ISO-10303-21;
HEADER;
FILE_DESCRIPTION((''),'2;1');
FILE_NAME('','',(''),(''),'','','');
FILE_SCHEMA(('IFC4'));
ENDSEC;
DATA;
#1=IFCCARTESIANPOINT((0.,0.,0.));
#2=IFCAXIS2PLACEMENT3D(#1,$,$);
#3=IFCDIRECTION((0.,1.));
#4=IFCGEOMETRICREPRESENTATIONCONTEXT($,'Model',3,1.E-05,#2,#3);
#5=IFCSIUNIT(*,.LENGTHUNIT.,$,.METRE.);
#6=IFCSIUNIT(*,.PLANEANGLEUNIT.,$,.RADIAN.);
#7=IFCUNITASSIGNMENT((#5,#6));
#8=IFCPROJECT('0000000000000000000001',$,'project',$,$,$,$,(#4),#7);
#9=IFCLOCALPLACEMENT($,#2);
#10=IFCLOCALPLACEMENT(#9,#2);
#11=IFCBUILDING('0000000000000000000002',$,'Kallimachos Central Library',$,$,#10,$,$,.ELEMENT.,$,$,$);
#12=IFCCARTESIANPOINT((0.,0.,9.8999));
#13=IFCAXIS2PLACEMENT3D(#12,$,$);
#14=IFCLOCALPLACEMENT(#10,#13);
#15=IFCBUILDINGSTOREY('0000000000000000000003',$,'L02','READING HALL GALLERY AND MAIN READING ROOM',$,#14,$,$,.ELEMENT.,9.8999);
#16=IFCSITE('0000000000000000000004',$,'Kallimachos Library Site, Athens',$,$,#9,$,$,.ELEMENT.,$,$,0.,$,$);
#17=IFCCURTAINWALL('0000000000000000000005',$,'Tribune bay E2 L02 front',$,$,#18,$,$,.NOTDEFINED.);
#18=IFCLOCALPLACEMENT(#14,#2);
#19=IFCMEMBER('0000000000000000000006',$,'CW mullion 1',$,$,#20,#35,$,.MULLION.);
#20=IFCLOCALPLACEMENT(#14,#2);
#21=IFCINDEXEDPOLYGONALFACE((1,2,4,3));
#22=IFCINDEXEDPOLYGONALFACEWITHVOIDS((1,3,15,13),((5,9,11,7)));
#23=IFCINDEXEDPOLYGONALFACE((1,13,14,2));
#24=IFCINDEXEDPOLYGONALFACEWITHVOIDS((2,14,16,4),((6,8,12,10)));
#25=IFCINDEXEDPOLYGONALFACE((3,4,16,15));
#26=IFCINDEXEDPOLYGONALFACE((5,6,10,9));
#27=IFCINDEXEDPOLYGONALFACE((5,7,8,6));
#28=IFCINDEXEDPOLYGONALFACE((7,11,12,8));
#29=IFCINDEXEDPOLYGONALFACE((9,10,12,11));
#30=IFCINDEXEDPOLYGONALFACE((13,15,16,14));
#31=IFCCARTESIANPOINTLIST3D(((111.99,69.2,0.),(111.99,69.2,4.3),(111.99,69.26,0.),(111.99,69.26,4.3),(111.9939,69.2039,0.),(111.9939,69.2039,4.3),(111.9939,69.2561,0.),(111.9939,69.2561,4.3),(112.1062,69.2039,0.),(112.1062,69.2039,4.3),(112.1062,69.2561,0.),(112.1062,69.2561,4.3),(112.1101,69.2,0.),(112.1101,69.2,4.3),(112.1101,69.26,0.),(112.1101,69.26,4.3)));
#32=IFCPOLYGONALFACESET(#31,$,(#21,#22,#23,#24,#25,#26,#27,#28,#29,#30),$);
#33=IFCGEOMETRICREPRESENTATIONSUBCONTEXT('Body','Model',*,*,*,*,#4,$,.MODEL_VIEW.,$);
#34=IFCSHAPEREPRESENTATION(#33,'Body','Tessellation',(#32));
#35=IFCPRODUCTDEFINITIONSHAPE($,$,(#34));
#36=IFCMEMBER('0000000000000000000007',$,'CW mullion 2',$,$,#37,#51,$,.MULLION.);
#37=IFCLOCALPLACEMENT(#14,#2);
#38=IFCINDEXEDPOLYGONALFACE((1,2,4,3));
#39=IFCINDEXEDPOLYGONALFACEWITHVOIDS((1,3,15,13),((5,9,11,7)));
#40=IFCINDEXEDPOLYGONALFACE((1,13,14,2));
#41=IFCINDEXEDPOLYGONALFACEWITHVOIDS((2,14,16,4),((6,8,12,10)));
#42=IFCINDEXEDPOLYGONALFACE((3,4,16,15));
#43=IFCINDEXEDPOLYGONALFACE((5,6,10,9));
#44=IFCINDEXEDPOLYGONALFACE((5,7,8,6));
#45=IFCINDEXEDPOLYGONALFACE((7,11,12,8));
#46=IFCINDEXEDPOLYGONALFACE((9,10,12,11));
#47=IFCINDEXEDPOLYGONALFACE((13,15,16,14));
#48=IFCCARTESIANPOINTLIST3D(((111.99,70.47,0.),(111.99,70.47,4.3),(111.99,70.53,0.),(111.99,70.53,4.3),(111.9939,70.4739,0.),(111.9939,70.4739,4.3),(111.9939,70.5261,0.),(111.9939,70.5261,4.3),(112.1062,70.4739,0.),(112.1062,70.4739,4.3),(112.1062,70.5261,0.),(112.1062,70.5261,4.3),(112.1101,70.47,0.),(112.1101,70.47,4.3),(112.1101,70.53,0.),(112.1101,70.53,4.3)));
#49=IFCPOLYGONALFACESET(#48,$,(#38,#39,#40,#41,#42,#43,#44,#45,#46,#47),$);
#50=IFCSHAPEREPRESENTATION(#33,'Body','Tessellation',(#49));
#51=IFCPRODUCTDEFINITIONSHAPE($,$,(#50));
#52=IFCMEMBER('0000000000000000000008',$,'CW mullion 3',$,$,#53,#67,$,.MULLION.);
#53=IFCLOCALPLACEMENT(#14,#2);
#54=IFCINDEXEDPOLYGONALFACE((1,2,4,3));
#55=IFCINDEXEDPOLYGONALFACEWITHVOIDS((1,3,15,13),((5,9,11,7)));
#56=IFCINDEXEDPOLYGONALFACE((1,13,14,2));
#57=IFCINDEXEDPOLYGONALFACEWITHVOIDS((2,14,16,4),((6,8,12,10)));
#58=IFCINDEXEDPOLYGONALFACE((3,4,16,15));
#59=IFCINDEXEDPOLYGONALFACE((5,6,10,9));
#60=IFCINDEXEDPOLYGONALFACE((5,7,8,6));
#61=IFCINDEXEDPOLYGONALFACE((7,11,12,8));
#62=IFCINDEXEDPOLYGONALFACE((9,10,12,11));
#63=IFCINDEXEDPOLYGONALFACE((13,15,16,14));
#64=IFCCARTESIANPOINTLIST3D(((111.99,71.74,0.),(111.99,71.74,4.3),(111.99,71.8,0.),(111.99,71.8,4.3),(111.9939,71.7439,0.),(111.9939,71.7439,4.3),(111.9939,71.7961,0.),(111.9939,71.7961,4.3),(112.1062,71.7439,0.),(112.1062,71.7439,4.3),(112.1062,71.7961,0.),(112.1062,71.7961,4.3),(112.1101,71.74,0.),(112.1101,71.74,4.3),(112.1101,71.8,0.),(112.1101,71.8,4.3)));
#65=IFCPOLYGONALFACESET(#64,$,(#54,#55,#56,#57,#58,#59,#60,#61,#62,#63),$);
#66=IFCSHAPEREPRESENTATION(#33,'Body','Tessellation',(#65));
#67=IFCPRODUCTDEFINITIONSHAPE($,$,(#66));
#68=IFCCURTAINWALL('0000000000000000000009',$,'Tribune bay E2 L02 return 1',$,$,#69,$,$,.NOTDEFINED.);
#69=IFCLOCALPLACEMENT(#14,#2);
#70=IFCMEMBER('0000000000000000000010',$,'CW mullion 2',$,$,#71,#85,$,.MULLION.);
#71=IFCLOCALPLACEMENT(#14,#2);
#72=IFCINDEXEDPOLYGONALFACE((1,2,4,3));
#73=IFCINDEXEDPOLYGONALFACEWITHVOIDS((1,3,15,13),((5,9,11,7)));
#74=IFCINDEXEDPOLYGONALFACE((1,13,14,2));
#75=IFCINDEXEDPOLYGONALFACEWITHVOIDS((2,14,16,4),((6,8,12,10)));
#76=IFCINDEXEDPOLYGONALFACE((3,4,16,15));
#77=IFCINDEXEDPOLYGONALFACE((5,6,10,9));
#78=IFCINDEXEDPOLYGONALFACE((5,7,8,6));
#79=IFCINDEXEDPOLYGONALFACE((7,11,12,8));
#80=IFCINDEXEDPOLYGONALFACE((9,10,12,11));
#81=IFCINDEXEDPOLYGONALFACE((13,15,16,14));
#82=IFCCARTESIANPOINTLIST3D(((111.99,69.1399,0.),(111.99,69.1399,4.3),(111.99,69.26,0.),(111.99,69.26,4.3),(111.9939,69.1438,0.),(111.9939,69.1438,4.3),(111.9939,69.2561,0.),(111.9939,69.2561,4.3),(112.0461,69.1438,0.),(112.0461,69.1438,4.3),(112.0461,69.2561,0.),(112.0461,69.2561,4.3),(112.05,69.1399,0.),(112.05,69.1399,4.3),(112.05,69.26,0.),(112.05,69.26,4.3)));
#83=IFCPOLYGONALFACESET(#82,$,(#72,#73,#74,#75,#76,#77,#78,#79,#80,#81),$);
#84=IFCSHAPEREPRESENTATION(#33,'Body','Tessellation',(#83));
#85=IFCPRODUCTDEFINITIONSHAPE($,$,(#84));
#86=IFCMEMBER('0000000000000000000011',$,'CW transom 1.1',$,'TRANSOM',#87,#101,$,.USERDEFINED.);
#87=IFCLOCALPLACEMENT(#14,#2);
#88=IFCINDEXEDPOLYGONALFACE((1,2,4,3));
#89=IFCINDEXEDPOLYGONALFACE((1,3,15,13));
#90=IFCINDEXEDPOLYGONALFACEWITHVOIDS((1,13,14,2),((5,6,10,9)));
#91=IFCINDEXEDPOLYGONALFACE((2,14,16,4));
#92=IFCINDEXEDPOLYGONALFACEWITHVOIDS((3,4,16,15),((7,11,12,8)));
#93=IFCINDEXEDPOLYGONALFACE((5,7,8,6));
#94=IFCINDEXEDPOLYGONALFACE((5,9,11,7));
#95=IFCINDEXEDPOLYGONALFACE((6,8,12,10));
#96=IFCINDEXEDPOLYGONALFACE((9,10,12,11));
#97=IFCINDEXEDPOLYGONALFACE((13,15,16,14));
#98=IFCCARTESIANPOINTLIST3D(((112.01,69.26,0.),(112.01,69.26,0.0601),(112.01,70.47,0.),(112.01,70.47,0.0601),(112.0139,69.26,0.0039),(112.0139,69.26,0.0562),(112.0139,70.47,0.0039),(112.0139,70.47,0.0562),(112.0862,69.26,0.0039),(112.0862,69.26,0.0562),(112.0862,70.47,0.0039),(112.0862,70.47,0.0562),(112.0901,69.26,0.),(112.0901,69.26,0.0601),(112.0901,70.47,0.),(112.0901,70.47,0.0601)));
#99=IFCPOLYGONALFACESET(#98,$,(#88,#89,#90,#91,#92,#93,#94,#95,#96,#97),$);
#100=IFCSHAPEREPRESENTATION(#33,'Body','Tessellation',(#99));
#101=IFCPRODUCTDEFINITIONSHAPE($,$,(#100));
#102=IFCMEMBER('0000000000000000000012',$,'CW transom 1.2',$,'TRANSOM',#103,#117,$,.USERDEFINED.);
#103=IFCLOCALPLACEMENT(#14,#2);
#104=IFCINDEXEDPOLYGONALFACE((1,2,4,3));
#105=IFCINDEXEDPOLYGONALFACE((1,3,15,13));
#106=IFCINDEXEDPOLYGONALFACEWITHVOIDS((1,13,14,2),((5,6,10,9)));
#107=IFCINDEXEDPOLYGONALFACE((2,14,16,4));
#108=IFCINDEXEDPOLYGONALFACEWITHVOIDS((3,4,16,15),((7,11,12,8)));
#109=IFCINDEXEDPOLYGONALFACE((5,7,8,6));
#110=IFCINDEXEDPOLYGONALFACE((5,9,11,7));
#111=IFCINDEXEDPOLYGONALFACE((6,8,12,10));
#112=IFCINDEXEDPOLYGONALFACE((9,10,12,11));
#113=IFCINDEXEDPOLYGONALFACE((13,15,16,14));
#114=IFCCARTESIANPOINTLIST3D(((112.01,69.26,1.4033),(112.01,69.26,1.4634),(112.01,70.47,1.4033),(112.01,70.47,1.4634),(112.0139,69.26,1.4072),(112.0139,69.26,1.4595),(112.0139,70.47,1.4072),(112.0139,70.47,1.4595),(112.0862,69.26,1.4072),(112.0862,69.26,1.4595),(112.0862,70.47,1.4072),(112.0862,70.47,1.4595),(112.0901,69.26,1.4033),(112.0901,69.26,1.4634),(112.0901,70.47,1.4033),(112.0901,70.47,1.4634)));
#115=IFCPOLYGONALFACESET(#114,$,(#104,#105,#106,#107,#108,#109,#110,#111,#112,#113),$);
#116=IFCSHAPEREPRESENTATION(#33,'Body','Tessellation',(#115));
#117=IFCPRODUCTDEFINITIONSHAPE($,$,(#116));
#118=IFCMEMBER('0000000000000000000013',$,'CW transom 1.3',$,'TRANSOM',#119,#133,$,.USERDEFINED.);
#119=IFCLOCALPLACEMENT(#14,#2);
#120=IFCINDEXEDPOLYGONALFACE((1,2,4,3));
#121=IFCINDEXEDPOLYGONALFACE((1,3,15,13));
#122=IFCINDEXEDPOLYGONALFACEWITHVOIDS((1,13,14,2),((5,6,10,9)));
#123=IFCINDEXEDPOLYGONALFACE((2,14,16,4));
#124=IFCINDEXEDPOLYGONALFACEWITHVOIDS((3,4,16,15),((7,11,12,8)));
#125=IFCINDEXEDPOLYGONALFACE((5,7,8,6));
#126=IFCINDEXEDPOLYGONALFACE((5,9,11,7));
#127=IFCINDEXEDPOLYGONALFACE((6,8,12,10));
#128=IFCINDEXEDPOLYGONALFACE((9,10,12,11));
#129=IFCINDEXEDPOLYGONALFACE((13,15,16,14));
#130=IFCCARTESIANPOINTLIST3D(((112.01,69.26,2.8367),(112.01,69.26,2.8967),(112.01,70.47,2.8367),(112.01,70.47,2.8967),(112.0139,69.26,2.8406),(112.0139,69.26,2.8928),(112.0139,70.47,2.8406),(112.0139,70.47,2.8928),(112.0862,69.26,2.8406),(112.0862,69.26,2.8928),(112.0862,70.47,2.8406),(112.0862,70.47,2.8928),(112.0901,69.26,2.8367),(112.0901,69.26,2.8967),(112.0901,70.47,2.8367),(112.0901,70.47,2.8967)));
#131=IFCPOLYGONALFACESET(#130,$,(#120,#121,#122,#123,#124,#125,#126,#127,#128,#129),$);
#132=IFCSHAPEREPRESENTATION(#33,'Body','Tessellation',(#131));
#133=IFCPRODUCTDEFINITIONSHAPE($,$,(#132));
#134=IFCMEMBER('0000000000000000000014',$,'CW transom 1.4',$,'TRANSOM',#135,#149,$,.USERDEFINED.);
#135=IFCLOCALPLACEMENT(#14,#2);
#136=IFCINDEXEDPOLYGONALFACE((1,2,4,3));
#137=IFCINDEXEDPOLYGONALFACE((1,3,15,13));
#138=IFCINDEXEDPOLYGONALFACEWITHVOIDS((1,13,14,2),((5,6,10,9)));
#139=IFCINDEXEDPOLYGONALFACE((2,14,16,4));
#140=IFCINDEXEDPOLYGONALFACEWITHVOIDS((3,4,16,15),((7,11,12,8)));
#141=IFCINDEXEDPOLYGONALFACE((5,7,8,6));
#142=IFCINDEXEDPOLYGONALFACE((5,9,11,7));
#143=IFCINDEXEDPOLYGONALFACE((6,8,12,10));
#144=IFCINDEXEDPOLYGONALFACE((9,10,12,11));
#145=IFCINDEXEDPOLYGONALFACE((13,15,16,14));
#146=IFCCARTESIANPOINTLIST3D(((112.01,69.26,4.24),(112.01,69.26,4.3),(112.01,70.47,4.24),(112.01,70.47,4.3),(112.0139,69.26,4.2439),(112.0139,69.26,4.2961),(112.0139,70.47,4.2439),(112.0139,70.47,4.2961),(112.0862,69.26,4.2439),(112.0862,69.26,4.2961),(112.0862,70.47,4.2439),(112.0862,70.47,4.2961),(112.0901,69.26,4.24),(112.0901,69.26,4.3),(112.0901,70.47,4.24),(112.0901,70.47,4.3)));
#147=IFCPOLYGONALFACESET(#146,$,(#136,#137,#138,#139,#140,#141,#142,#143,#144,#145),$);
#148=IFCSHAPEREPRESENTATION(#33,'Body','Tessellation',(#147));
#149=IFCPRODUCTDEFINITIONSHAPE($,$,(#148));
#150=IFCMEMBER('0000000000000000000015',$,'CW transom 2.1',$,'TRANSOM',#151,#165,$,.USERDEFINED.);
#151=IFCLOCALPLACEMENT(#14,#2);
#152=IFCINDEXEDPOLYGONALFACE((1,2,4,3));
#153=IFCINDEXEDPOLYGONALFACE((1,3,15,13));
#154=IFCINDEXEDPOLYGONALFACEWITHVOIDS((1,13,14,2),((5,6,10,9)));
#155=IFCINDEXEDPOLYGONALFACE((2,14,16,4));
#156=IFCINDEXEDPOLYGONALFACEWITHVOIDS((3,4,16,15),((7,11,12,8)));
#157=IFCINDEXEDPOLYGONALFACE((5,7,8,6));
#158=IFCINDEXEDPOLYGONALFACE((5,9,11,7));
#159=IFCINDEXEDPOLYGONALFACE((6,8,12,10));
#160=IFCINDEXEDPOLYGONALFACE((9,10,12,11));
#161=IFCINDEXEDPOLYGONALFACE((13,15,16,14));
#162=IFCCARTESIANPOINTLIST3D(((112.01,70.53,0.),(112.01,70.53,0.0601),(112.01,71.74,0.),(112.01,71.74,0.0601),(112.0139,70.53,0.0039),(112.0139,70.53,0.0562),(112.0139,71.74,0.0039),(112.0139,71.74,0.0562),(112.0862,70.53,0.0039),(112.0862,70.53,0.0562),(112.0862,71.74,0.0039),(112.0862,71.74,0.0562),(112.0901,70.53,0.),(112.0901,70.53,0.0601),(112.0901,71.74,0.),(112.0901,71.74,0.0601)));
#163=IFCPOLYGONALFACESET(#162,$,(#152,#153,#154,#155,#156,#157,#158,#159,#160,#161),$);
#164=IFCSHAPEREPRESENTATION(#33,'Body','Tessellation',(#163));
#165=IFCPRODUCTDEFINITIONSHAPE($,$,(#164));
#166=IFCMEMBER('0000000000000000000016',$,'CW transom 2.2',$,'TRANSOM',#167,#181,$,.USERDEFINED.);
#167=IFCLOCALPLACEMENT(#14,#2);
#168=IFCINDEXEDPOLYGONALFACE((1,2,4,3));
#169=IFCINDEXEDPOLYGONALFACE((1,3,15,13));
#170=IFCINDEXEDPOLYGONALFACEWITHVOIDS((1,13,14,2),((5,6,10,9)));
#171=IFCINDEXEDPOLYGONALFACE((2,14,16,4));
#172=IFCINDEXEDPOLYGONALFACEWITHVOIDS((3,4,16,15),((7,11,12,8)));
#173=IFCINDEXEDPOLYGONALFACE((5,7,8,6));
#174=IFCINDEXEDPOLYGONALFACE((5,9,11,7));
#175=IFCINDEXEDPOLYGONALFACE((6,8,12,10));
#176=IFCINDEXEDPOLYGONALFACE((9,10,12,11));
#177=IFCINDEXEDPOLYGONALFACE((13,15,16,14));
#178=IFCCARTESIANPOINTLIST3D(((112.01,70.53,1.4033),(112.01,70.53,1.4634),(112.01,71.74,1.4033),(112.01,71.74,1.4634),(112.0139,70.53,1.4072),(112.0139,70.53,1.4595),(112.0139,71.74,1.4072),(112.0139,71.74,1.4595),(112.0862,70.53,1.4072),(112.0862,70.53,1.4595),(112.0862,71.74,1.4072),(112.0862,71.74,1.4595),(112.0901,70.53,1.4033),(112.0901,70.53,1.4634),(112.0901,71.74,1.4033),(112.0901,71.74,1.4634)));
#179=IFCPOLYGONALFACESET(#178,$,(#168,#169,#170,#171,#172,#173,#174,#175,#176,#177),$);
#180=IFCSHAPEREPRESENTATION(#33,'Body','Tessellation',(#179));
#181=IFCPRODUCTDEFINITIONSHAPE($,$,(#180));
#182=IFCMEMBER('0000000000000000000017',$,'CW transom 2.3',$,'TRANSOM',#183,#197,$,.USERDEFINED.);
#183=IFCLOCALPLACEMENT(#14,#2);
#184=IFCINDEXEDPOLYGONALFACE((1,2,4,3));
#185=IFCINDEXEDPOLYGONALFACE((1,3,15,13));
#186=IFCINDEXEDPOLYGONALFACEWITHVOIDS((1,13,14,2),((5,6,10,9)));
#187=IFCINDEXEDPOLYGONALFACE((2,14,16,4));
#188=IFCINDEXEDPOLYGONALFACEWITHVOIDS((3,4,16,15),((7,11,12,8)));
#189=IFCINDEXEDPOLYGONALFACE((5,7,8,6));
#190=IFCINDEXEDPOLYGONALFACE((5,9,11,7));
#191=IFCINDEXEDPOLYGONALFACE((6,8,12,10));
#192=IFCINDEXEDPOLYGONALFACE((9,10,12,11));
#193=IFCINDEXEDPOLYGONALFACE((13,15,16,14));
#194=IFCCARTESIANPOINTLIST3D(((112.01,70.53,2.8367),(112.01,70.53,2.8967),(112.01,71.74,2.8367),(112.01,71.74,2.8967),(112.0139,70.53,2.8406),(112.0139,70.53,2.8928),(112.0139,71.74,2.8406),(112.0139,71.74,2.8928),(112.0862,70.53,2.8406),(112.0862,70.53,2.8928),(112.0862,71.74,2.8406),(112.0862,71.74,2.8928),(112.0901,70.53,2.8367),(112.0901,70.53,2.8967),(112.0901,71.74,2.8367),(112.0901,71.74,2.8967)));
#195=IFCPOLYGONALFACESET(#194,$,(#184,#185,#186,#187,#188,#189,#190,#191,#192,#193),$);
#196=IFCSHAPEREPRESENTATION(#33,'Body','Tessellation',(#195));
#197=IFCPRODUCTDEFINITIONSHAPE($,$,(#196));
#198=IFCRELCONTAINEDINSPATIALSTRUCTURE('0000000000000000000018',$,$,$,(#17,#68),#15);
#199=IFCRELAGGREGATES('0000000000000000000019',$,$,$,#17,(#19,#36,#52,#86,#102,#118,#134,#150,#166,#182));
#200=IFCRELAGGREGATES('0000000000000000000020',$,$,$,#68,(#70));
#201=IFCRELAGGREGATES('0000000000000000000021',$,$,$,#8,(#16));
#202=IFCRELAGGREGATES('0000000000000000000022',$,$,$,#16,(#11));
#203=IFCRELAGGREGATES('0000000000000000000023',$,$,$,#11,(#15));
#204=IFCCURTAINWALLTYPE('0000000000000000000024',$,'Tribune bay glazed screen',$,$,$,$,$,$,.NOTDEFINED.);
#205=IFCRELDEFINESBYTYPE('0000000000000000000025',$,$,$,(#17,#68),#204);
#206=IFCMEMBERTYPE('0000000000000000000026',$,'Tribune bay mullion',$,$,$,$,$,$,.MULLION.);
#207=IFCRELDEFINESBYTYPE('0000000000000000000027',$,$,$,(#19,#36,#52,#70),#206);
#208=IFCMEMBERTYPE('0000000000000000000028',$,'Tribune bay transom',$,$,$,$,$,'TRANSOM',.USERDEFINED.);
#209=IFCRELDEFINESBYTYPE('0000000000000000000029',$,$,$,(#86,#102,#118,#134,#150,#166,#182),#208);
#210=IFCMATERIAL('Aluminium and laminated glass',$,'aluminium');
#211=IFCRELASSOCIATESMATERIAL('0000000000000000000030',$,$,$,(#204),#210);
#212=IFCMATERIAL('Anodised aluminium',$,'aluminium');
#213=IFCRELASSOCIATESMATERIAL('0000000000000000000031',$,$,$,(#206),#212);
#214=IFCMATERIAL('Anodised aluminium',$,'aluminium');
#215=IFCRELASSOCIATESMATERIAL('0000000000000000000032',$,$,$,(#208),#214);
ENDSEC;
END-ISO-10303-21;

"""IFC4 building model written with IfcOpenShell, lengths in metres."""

from ifc_helpers import new_model, si_unit, direction, frame, origin, origin_2d, place, context, subcontext, project, spatial, hollow_rectangle, extrude, material, material_profile, profile_set, type_object, element, aggregate, save


model = new_model("IFC4")

# Units and contexts
model_context = context("Model", 3, precision=1e-05, world=origin(), true_north=direction((0.0, 1.0)))
body_context = subcontext(model_context, "Body", "Model", "MODEL_VIEW")
ifc_project = project(units=[si_unit("LENGTHUNIT", "METRE"), si_unit("PLANEANGLEUNIT", "RADIAN")], contexts=[model_context])

# Site, building, storey
site_placement = place(None, origin())
site = spatial("IfcSite", under=ifc_project, at=site_placement, Name="Kallimachos Library Site, Athens", CompositionType="ELEMENT", RefElevation=0.0)
building_placement = place(site_placement, origin())
building = spatial("IfcBuilding", under=site, at=building_placement, Name="Kallimachos Central Library", CompositionType="ELEMENT")
storey_placement = place(building_placement, frame((0.0, 0.0, 9.8999)))
storey = spatial("IfcBuildingStorey", under=building, at=storey_placement, Name="L02", Description="READING HALL GALLERY AND MAIN READING ROOM", CompositionType="ELEMENT", Elevation=9.8999)

# Curtain wall, members
ifc_material_1 = material(Name="Aluminium and laminated glass", Category="aluminium")
curtain_wall_type = type_object("IfcCurtainWallType", Name="Tribune bay glazed screen", PredefinedType="NOTDEFINED", material=ifc_material_1)
curtain_wall_1_placement = place(storey_placement, origin())
curtain_wall_1 = element("IfcCurtainWall", 1, at=curtain_wall_1_placement, inside=storey, type_object=curtain_wall_type, Name="Tribune bay E2 L02 front", PredefinedType="NOTDEFINED")
ifc_material_2 = material(Name="Anodised aluminium", Category="aluminium")
ifc_material_profile_1 = material_profile(ifc_material_2, hollow_rectangle(XDim=0.0601, YDim=0.1201, WallThickness=0.0039, at=origin_2d()), Name="ALU MULLION 60x120")
ifc_profile_set_1 = profile_set([ifc_material_profile_1], Name="Anodised aluminium")
member_type_1 = type_object("IfcMemberType", Name="Tribune bay mullion", PredefinedType="MULLION", material=ifc_profile_set_1)
member_1_placement = place(storey_placement, frame((112.05, 69.23, 0.0), z_axis=(0.0, 0.0, 1.0), x_axis=(0.0, 1.0, 0.0)))
member_1 = element("IfcMember", 2, at=member_1_placement, type_object=member_type_1, Name="CW mullion 1", PredefinedType="MULLION", context=body_context, shape_type="SweptSolid", body=[
    extrude(hollow_rectangle(XDim=0.0601, YDim=0.1201, WallThickness=0.0039, at=origin_2d()), origin(), (0.0, 0.0, 1.0), 4.3),
])
member_2_placement = place(storey_placement, frame((112.05, 70.5, 0.0), z_axis=(0.0, 0.0, 1.0), x_axis=(0.0, 1.0, 0.0)))
member_2 = element("IfcMember", 3, at=member_2_placement, type_object=member_type_1, Name="CW mullion 2", PredefinedType="MULLION", context=body_context, shape_type="SweptSolid", body=[
    extrude(hollow_rectangle(XDim=0.0601, YDim=0.1201, WallThickness=0.0039, at=origin_2d()), origin(), (0.0, 0.0, 1.0), 4.3),
])
member_3_placement = place(storey_placement, frame((112.05, 71.77, 0.0), z_axis=(0.0, 0.0, 1.0), x_axis=(0.0, 1.0, 0.0)))
member_3 = element("IfcMember", 4, at=member_3_placement, type_object=member_type_1, Name="CW mullion 3", PredefinedType="MULLION", context=body_context, shape_type="SweptSolid", body=[
    extrude(hollow_rectangle(XDim=0.0601, YDim=0.1201, WallThickness=0.0039, at=origin_2d()), origin(), (0.0, 0.0, 1.0), 4.3),
])

# Curtain wall, member
curtain_wall_2_placement = place(storey_placement, origin())
curtain_wall_2 = element("IfcCurtainWall", 5, at=curtain_wall_2_placement, inside=storey, type_object=curtain_wall_type, Name="Tribune bay E2 L02 return 1", PredefinedType="NOTDEFINED")
member_4_placement = place(storey_placement, frame((112.02, 69.2, 0.0), z_axis=(0.0, 0.0, 1.0), x_axis=(1.0, 0.0, 0.0)))
member_4 = element("IfcMember", 6, at=member_4_placement, type_object=member_type_1, Name="CW mullion 2", PredefinedType="MULLION", context=body_context, shape_type="SweptSolid", body=[
    extrude(hollow_rectangle(XDim=0.0601, YDim=0.1201, WallThickness=0.0039, at=origin_2d()), origin(), (0.0, 0.0, 1.0), 4.3),
])

# Members
ifc_material_3 = material(Name="Anodised aluminium", Category="aluminium")
ifc_material_profile_2 = material_profile(ifc_material_3, hollow_rectangle(XDim=0.0601, YDim=0.0801, WallThickness=0.0039, at=origin_2d()), Name="ALU TRANSOM 60x80")
ifc_profile_set_2 = profile_set([ifc_material_profile_2], Name="Anodised aluminium")
member_type_2 = type_object("IfcMemberType", Name="Tribune bay transom", ElementType="TRANSOM", PredefinedType="USERDEFINED", material=ifc_profile_set_2)
member_5_placement = place(storey_placement, frame((112.05, 69.26, 0.03), z_axis=(0.0, 1.0, 0.0), x_axis=(0.0, 0.0, 1.0)))
member_5 = element("IfcMember", 7, at=member_5_placement, type_object=member_type_2, Name="CW transom 1.1", ObjectType="TRANSOM", PredefinedType="USERDEFINED", context=body_context, shape_type="SweptSolid", body=[
    extrude(hollow_rectangle(XDim=0.0601, YDim=0.0801, WallThickness=0.0039, at=origin_2d()), origin(), (0.0, 0.0, 1.0), 1.21),
])
member_6_placement = place(storey_placement, frame((112.05, 69.26, 1.4333), z_axis=(0.0, 1.0, 0.0), x_axis=(0.0, 0.0, 1.0)))
member_6 = element("IfcMember", 8, at=member_6_placement, type_object=member_type_2, Name="CW transom 1.2", ObjectType="TRANSOM", PredefinedType="USERDEFINED", context=body_context, shape_type="SweptSolid", body=[
    extrude(hollow_rectangle(XDim=0.0601, YDim=0.0801, WallThickness=0.0039, at=origin_2d()), origin(), (0.0, 0.0, 1.0), 1.21),
])
member_7_placement = place(storey_placement, frame((112.05, 69.26, 2.8667), z_axis=(0.0, 1.0, 0.0), x_axis=(0.0, 0.0, 1.0)))
member_7 = element("IfcMember", 9, at=member_7_placement, type_object=member_type_2, Name="CW transom 1.3", ObjectType="TRANSOM", PredefinedType="USERDEFINED", context=body_context, shape_type="SweptSolid", body=[
    extrude(hollow_rectangle(XDim=0.0601, YDim=0.0801, WallThickness=0.0039, at=origin_2d()), origin(), (0.0, 0.0, 1.0), 1.21),
])
member_8_placement = place(storey_placement, frame((112.05, 69.26, 4.27), z_axis=(0.0, 1.0, 0.0), x_axis=(0.0, 0.0, 1.0)))
member_8 = element("IfcMember", 10, at=member_8_placement, type_object=member_type_2, Name="CW transom 1.4", ObjectType="TRANSOM", PredefinedType="USERDEFINED", context=body_context, shape_type="SweptSolid", body=[
    extrude(hollow_rectangle(XDim=0.0601, YDim=0.0801, WallThickness=0.0039, at=origin_2d()), origin(), (0.0, 0.0, 1.0), 1.21),
])
member_9_placement = place(storey_placement, frame((112.05, 70.53, 0.03), z_axis=(0.0, 1.0, 0.0), x_axis=(0.0, 0.0, 1.0)))
member_9 = element("IfcMember", 11, at=member_9_placement, type_object=member_type_2, Name="CW transom 2.1", ObjectType="TRANSOM", PredefinedType="USERDEFINED", context=body_context, shape_type="SweptSolid", body=[
    extrude(hollow_rectangle(XDim=0.0601, YDim=0.0801, WallThickness=0.0039, at=origin_2d()), origin(), (0.0, 0.0, 1.0), 1.21),
])
member_10_placement = place(storey_placement, frame((112.05, 70.53, 1.4333), z_axis=(0.0, 1.0, 0.0), x_axis=(0.0, 0.0, 1.0)))
member_10 = element("IfcMember", 12, at=member_10_placement, type_object=member_type_2, Name="CW transom 2.2", ObjectType="TRANSOM", PredefinedType="USERDEFINED", context=body_context, shape_type="SweptSolid", body=[
    extrude(hollow_rectangle(XDim=0.0601, YDim=0.0801, WallThickness=0.0039, at=origin_2d()), origin(), (0.0, 0.0, 1.0), 1.21),
])
member_11_placement = place(storey_placement, frame((112.05, 70.53, 2.8667), z_axis=(0.0, 1.0, 0.0), x_axis=(0.0, 0.0, 1.0)))
member_11 = element("IfcMember", 13, at=member_11_placement, type_object=member_type_2, Name="CW transom 2.3", ObjectType="TRANSOM", PredefinedType="USERDEFINED", context=body_context, shape_type="SweptSolid", body=[
    extrude(hollow_rectangle(XDim=0.0601, YDim=0.0801, WallThickness=0.0039, at=origin_2d()), origin(), (0.0, 0.0, 1.0), 1.21),
])

aggregate(curtain_wall_1, [member_1, member_2, member_3, member_5, member_6, member_7, member_8, member_9, member_10, member_11])
aggregate(curtain_wall_2, [member_4])

save(model, "model.ifc")
